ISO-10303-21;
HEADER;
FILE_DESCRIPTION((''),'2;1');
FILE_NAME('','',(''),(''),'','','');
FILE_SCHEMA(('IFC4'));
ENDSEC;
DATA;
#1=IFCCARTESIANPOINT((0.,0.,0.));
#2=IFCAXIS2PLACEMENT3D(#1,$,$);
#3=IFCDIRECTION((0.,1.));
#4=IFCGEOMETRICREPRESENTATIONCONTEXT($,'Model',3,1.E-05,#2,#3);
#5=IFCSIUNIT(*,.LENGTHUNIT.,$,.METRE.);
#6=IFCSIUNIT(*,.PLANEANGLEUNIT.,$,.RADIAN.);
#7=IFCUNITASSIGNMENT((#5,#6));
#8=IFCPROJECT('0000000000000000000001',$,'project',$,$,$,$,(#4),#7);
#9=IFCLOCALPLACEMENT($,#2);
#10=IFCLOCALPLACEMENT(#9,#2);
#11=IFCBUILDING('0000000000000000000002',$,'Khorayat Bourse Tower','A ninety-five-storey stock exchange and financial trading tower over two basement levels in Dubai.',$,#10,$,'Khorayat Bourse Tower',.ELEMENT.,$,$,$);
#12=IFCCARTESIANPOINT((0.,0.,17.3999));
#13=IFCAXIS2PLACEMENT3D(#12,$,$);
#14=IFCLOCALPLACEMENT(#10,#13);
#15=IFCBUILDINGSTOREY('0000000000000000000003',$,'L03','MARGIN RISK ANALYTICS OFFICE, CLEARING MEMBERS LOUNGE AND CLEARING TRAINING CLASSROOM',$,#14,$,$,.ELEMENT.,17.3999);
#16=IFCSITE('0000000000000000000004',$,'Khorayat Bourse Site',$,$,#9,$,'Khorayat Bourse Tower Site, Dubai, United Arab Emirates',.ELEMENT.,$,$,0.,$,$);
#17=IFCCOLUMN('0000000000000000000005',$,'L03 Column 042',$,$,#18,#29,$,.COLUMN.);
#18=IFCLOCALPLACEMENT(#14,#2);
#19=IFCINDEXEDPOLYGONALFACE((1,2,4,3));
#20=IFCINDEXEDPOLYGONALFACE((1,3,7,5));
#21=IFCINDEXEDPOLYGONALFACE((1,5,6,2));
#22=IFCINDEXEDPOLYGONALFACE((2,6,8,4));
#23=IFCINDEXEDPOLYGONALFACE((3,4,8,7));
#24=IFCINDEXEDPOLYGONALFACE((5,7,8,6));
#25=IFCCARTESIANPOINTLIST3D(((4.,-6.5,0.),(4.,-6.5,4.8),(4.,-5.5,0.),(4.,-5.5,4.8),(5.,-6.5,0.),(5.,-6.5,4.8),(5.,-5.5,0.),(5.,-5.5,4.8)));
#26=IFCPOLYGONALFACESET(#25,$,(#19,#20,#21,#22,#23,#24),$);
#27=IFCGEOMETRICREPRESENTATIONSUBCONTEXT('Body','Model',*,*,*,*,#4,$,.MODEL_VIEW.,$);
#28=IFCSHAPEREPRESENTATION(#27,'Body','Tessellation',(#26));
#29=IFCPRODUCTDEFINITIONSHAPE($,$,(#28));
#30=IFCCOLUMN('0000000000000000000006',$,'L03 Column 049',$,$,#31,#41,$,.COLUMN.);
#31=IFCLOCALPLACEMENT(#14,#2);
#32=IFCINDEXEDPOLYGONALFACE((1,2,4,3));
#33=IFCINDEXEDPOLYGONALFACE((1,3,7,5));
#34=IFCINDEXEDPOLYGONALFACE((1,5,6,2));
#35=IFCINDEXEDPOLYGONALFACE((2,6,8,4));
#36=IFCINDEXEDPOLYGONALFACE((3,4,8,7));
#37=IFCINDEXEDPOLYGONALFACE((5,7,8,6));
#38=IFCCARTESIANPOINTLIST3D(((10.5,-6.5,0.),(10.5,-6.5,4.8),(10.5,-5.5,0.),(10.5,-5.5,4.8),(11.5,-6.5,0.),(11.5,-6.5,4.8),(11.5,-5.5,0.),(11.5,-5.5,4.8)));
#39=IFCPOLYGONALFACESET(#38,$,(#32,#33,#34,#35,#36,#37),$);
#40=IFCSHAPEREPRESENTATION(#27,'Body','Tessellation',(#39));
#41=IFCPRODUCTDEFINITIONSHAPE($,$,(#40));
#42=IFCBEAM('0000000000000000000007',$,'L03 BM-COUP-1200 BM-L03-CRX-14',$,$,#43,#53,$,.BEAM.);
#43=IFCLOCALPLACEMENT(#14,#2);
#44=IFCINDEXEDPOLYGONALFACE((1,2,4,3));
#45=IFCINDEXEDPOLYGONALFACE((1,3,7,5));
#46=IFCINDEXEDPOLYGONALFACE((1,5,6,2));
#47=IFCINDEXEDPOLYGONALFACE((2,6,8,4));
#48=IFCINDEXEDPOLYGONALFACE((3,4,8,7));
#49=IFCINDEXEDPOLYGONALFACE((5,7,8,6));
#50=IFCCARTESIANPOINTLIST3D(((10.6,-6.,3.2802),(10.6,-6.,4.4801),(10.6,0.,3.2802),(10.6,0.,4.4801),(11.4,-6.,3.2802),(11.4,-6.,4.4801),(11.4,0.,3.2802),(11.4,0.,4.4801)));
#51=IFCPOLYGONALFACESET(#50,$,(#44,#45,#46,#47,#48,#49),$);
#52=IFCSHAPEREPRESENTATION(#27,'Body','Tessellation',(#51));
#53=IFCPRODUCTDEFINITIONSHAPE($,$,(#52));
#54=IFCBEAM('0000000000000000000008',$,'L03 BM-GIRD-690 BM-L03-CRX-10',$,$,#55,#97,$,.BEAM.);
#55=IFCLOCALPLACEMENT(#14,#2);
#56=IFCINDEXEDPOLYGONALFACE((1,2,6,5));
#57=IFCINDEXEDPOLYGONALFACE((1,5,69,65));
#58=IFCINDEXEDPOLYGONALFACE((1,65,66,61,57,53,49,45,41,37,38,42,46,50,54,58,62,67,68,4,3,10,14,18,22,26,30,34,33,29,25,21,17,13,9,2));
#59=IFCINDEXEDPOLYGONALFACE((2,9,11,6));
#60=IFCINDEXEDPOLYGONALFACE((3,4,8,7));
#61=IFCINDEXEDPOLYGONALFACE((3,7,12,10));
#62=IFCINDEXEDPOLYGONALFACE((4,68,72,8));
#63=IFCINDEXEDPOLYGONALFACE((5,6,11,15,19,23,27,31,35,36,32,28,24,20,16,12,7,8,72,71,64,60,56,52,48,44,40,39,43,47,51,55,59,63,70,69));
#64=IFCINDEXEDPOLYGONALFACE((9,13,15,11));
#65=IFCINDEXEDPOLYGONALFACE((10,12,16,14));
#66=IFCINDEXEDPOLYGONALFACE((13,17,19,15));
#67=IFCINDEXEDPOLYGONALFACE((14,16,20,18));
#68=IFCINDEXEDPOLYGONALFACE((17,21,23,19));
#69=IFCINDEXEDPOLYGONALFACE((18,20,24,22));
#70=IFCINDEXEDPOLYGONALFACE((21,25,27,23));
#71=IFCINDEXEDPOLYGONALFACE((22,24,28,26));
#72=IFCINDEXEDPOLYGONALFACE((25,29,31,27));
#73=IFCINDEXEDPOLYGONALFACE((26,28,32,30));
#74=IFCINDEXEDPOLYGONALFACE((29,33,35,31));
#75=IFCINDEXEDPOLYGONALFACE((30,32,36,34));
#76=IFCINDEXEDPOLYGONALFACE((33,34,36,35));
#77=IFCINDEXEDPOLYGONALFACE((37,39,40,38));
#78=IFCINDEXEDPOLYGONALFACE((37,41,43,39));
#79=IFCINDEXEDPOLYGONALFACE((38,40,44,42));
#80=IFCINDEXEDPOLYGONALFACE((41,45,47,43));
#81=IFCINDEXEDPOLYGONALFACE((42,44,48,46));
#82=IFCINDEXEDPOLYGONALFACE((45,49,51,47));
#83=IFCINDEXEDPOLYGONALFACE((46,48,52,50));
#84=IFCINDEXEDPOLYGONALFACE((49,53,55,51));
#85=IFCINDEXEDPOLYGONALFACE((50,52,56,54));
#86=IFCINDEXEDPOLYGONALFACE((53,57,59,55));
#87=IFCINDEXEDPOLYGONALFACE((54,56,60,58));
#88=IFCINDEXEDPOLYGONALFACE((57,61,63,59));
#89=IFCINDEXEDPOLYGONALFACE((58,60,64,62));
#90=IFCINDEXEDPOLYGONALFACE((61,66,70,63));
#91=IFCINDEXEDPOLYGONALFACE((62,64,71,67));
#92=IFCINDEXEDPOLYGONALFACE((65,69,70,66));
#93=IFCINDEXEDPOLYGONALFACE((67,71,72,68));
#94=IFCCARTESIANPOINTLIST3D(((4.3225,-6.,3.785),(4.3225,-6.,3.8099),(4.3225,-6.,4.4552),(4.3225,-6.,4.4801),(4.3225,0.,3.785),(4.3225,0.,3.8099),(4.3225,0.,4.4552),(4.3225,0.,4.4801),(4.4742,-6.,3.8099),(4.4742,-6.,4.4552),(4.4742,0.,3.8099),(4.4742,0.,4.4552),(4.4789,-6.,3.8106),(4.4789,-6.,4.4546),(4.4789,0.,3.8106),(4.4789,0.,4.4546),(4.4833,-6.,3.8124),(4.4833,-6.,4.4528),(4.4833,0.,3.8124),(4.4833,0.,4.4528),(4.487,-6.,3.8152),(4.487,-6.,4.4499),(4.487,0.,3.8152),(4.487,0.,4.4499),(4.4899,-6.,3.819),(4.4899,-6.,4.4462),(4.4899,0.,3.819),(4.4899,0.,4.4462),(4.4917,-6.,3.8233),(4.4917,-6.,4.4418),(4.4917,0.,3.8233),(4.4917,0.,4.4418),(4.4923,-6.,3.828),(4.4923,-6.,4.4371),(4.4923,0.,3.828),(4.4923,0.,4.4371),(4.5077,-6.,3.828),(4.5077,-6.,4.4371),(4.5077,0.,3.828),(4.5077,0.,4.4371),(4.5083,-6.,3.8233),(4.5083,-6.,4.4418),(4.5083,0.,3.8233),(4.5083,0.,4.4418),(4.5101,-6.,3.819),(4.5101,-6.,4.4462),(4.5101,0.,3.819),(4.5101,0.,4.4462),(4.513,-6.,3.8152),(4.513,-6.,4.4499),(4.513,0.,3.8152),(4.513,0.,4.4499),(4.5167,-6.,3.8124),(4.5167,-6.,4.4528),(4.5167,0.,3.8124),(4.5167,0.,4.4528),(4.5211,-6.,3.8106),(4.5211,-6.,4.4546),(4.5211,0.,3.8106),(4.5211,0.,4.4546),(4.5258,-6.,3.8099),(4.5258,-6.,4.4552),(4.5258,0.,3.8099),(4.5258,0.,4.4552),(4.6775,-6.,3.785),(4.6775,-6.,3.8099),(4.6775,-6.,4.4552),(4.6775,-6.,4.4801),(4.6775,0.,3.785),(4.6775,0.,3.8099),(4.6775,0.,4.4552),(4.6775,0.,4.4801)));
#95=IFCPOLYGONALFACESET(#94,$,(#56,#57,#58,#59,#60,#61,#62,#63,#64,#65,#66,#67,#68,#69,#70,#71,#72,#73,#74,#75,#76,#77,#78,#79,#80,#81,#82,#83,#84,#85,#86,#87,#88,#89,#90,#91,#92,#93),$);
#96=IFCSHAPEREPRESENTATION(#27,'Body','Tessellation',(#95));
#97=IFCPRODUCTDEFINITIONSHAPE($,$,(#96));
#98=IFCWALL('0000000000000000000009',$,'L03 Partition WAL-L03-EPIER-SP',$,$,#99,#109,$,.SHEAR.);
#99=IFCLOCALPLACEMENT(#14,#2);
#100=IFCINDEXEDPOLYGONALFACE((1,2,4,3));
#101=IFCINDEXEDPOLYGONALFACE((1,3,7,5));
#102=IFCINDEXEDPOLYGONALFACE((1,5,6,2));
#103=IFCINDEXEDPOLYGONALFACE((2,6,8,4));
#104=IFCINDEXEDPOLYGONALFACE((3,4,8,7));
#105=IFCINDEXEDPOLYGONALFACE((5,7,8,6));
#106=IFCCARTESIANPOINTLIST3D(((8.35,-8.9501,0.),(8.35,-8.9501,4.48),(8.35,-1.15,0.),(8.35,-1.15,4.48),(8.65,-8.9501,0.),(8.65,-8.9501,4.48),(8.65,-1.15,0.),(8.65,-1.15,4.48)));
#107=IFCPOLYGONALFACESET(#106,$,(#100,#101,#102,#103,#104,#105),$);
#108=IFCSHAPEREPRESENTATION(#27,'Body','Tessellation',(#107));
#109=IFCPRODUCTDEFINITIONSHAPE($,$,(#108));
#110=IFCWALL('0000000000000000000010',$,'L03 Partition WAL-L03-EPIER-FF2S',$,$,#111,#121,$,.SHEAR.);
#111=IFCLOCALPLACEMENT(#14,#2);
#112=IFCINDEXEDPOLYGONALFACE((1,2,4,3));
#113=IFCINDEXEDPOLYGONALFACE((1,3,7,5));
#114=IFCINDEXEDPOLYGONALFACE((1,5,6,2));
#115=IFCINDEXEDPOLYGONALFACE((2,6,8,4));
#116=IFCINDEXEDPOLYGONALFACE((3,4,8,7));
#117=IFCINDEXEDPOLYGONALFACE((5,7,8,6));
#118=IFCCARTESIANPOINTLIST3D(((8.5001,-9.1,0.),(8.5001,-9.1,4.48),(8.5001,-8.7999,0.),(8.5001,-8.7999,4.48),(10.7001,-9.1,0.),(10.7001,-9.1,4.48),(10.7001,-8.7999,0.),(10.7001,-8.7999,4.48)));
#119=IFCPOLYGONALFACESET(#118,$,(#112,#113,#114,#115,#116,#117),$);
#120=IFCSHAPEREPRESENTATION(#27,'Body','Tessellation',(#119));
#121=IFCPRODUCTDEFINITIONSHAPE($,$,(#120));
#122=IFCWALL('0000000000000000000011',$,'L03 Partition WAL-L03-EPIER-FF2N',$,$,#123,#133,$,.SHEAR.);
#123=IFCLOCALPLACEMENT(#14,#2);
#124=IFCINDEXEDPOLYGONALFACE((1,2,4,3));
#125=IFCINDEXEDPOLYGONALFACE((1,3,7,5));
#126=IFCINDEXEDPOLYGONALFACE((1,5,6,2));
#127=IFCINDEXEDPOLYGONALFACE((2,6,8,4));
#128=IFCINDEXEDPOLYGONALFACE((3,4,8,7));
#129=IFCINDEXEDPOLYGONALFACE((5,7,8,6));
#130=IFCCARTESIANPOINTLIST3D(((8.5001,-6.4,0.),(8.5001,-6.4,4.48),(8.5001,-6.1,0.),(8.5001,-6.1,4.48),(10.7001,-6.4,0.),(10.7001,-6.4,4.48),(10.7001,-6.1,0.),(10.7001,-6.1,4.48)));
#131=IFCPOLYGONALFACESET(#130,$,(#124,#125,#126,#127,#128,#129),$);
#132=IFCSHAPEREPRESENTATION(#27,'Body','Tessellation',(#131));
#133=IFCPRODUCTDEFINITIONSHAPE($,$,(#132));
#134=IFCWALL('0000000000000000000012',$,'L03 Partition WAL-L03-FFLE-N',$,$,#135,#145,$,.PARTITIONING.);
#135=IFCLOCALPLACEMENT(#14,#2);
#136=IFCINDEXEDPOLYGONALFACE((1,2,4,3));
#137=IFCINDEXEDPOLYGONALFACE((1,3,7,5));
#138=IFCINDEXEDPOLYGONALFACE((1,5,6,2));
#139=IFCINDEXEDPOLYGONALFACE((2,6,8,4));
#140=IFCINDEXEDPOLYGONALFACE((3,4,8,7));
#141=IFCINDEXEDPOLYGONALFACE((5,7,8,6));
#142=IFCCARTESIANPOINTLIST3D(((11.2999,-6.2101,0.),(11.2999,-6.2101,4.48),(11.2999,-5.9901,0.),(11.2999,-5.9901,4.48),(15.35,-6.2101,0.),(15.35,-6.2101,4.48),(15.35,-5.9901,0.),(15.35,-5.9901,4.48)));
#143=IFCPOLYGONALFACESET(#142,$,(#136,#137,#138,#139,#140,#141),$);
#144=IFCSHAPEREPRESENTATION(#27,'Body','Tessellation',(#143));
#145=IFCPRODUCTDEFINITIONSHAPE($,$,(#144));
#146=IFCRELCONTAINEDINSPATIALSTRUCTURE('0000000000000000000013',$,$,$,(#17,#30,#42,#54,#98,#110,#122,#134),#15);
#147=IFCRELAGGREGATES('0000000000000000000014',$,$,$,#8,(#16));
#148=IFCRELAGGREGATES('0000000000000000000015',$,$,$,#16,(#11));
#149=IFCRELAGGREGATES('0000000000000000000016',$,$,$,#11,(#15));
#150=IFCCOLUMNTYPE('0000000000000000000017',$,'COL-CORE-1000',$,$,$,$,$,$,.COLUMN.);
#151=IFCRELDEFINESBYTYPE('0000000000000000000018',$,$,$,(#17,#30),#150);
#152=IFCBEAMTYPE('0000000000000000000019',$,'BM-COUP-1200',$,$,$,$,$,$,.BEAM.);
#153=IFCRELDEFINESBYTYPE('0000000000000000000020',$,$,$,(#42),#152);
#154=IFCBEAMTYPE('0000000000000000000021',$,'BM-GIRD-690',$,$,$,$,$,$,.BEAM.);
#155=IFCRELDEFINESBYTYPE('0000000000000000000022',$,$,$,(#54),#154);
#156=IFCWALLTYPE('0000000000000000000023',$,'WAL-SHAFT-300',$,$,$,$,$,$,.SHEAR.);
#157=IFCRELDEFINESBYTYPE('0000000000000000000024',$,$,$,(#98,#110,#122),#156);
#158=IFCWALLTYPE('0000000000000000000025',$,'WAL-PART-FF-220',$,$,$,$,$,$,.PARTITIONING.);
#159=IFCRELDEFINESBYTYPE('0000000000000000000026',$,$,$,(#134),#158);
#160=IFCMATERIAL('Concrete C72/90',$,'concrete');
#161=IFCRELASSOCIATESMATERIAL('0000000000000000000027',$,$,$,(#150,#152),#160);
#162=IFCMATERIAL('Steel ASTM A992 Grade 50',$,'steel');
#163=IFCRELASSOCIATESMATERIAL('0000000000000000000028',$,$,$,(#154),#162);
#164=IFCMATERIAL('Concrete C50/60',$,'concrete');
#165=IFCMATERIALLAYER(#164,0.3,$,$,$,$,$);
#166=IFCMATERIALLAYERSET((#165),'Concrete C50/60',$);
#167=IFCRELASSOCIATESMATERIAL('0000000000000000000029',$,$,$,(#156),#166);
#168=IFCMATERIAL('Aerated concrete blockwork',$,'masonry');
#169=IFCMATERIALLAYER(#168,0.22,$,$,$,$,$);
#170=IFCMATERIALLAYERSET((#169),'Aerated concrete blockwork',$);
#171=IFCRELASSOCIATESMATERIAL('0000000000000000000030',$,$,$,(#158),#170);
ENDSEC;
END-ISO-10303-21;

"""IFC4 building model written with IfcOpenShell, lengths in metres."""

from ifc_helpers import new_model, si_unit, direction, frame, frame_2d, origin, origin_2d, place, context, subcontext, project, spatial, rectangle, i_section, extrude, source, transform, mapped, material, layer, layer_set, material_profile, profile_set, type_object, element, save


model = new_model("IFC4")

# Units and contexts
model_context = context("Model", 3, precision=1e-05, world=origin(), true_north=direction((0.0, 1.0)))
body_context = subcontext(model_context, "Body", "Model", "MODEL_VIEW")
ifc_project = project(units=[si_unit("LENGTHUNIT", "METRE"), si_unit("PLANEANGLEUNIT", "RADIAN")], contexts=[model_context])

# Site, building, storey
site_placement = place(None, origin())
site = spatial("IfcSite", under=ifc_project, at=site_placement, Name="Khorayat Bourse Site", LongName="Khorayat Bourse Tower Site, Dubai, United Arab Emirates", CompositionType="ELEMENT", RefElevation=0.0)
building_placement = place(site_placement, origin())
building = spatial("IfcBuilding", under=site, at=building_placement, Name="Khorayat Bourse Tower", Description="A ninety-five-storey stock exchange and financial trading tower over two basement levels in Dubai.", LongName="Khorayat Bourse Tower", CompositionType="ELEMENT")
storey_placement = place(building_placement, frame((0.0, 0.0, 17.3999)))
storey = spatial("IfcBuildingStorey", under=building, at=storey_placement, Name="L03", Description="MARGIN RISK ANALYTICS OFFICE, CLEARING MEMBERS LOUNGE AND CLEARING TRAINING CLASSROOM", CompositionType="ELEMENT", Elevation=17.3999)

# Columns
ifc_material_1 = material(Name="Concrete C72/90", Category="concrete")
ifc_material_profile_1 = material_profile(ifc_material_1, rectangle(XDim=1.0, YDim=1.0, at=origin_2d()), Name="RC 1000x1000")
ifc_profile_set_1 = profile_set([ifc_material_profile_1], Name="Concrete C72/90")
column_type = type_object("IfcColumnType", Name="COL-CORE-1000", PredefinedType="COLUMN", material=ifc_profile_set_1)
shared_shape_1 = source(origin(), body_context, "Body", "SweptSolid", [
    extrude(rectangle(XDim=1.0, YDim=1.0, at=origin_2d()), origin(), (0.0, 0.0, 1.0), 4.8),
])
for number, where, z_axis, x_axis, name in (
    (1, (4.5, -6.0, 0.0), (0.0, 0.0, 1.0), (1.0, 0.0, 0.0), "L03 Column 042"),
    (2, (11.0, -6.0, 0.0), (0.0, 0.0, 1.0), (1.0, 0.0, 0.0), "L03 Column 049"),
):
    element("IfcColumn", number, at=place(storey_placement, frame(where, z_axis=z_axis, x_axis=x_axis)), inside=storey, type_object=column_type, Name=name, PredefinedType="COLUMN", context=body_context, shape_type="MappedRepresentation", body=[
        mapped(shared_shape_1, transform((0.0, 0.0, 0.0), scale=1.0)),
    ])

# Beams
ifc_material_profile_2 = material_profile(ifc_material_1, rectangle(XDim=0.8, YDim=1.2, at=origin_2d()), Name="RC 800x1200")
ifc_profile_set_2 = profile_set([ifc_material_profile_2], Name="Concrete C72/90")
beam_type_1 = type_object("IfcBeamType", Name="BM-COUP-1200", PredefinedType="BEAM", material=ifc_profile_set_2)
shared_shape_2 = source(origin(), body_context, "Body", "SweptSolid", [
    extrude(rectangle(XDim=0.8, YDim=1.2, at=origin_2d()), origin(), (0.0, 0.0, 1.0), 6.0),
])
beam_1_placement = place(storey_placement, frame((11.0, -6.0, 3.8801), z_axis=(0.0, 1.0, 0.0), x_axis=(-1.0, 0.0, 0.0)))
element("IfcBeam", 3, at=beam_1_placement, inside=storey, type_object=beam_type_1, Name="L03 BM-COUP-1200 BM-L03-CRX-14", PredefinedType="BEAM", context=body_context, shape_type="MappedRepresentation", body=[
    mapped(shared_shape_2, transform((0.0, 0.0, 0.0), scale=1.0)),
])
ifc_material_2 = material(Name="Steel ASTM A992 Grade 50", Category="steel")
ifc_material_profile_3 = material_profile(ifc_material_2, i_section(OverallWidth=0.355, OverallDepth=0.6951, WebThickness=0.0154, FlangeThickness=0.0249, FilletRadius=0.0181, at=origin_2d()), Name="W690X217")
ifc_profile_set_3 = profile_set([ifc_material_profile_3], Name="Steel ASTM A992 Grade 50")
beam_type_2 = type_object("IfcBeamType", Name="BM-GIRD-690", PredefinedType="BEAM", material=ifc_profile_set_3)
shared_shape_3 = source(origin(), body_context, "Body", "SweptSolid", [
    extrude(i_section(OverallWidth=0.355, OverallDepth=0.6951, WebThickness=0.0154, FlangeThickness=0.0249, FilletRadius=0.0181, at=origin_2d()), origin(), (0.0, 0.0, 1.0), 6.0),
])
beam_2_placement = place(storey_placement, frame((4.5, -6.0, 4.1326), z_axis=(0.0, 1.0, 0.0), x_axis=(-1.0, 0.0, 0.0)))
element("IfcBeam", 4, at=beam_2_placement, inside=storey, type_object=beam_type_2, Name="L03 BM-GIRD-690 BM-L03-CRX-10", PredefinedType="BEAM", context=body_context, shape_type="MappedRepresentation", body=[
    mapped(shared_shape_3, transform((0.0, 0.0, 0.0), scale=1.0)),
])

# Walls
ifc_material_3 = material(Name="Concrete C50/60", Category="concrete")
ifc_layer_1 = layer(ifc_material_3, 0.3)
ifc_layer_set_1 = layer_set([ifc_layer_1], Name="Concrete C50/60")
wall_type_1 = type_object("IfcWallType", Name="WAL-SHAFT-300", PredefinedType="SHEAR", material=ifc_layer_set_1)
shared_shape_4 = source(origin(), body_context, "Body", "SweptSolid", [
    extrude(rectangle(XDim=7.8, YDim=0.3, at=frame_2d((3.8999, 0.0))), origin(), (0.0, 0.0, 1.0), 4.48),
])
wall_1_placement = place(storey_placement, frame((8.5, -8.95, 0.0), z_axis=(0.0, 0.0, 1.0), x_axis=(0.0, 1.0, 0.0)))
element("IfcWall", 5, at=wall_1_placement, inside=storey, type_object=wall_type_1, Name="L03 Partition WAL-L03-EPIER-SP", PredefinedType="SHEAR", context=body_context, shape_type="MappedRepresentation", body=[
    mapped(shared_shape_4, transform((0.0, 0.0, 0.0), scale=1.0)),
])
shared_shape_5 = source(origin(), body_context, "Body", "SweptSolid", [
    extrude(rectangle(XDim=2.2, YDim=0.3, at=frame_2d((1.1001, 0.0))), origin(), (0.0, 0.0, 1.0), 4.48),
])
for number, where, z_axis, x_axis, name in (
    (6, (8.5, -8.95, 0.0), (0.0, 0.0, 1.0), (1.0, 0.0, 0.0), "L03 Partition WAL-L03-EPIER-FF2S"),
    (7, (8.5, -6.25, 0.0), (0.0, 0.0, 1.0), (1.0, 0.0, 0.0), "L03 Partition WAL-L03-EPIER-FF2N"),
):
    element("IfcWall", number, at=place(storey_placement, frame(where, z_axis=z_axis, x_axis=x_axis)), inside=storey, type_object=wall_type_1, Name=name, PredefinedType="SHEAR", context=body_context, shape_type="MappedRepresentation", body=[
        mapped(shared_shape_5, transform((0.0, 0.0, 0.0), scale=1.0)),
    ])
ifc_material_4 = material(Name="Aerated concrete blockwork", Category="masonry")
ifc_layer_2 = layer(ifc_material_4, 0.22)
ifc_layer_set_2 = layer_set([ifc_layer_2], Name="Aerated concrete blockwork")
wall_type_2 = type_object("IfcWallType", Name="WAL-PART-FF-220", PredefinedType="PARTITIONING", material=ifc_layer_set_2)
shared_shape_6 = source(origin(), body_context, "Body", "SweptSolid", [
    extrude(rectangle(XDim=4.05, YDim=0.22, at=frame_2d((2.0249, 0.0))), origin(), (0.0, 0.0, 1.0), 4.48),
])
wall_2_placement = place(storey_placement, frame((11.3, -6.1001, 0.0), z_axis=(0.0, 0.0, 1.0), x_axis=(1.0, 0.0, 0.0)))
element("IfcWall", 8, at=wall_2_placement, inside=storey, type_object=wall_type_2, Name="L03 Partition WAL-L03-FFLE-N", PredefinedType="PARTITIONING", context=body_context, shape_type="MappedRepresentation", body=[
    mapped(shared_shape_6, transform((0.0, 0.0, 0.0), scale=1.0)),
])

save(model, "model.ifc")
